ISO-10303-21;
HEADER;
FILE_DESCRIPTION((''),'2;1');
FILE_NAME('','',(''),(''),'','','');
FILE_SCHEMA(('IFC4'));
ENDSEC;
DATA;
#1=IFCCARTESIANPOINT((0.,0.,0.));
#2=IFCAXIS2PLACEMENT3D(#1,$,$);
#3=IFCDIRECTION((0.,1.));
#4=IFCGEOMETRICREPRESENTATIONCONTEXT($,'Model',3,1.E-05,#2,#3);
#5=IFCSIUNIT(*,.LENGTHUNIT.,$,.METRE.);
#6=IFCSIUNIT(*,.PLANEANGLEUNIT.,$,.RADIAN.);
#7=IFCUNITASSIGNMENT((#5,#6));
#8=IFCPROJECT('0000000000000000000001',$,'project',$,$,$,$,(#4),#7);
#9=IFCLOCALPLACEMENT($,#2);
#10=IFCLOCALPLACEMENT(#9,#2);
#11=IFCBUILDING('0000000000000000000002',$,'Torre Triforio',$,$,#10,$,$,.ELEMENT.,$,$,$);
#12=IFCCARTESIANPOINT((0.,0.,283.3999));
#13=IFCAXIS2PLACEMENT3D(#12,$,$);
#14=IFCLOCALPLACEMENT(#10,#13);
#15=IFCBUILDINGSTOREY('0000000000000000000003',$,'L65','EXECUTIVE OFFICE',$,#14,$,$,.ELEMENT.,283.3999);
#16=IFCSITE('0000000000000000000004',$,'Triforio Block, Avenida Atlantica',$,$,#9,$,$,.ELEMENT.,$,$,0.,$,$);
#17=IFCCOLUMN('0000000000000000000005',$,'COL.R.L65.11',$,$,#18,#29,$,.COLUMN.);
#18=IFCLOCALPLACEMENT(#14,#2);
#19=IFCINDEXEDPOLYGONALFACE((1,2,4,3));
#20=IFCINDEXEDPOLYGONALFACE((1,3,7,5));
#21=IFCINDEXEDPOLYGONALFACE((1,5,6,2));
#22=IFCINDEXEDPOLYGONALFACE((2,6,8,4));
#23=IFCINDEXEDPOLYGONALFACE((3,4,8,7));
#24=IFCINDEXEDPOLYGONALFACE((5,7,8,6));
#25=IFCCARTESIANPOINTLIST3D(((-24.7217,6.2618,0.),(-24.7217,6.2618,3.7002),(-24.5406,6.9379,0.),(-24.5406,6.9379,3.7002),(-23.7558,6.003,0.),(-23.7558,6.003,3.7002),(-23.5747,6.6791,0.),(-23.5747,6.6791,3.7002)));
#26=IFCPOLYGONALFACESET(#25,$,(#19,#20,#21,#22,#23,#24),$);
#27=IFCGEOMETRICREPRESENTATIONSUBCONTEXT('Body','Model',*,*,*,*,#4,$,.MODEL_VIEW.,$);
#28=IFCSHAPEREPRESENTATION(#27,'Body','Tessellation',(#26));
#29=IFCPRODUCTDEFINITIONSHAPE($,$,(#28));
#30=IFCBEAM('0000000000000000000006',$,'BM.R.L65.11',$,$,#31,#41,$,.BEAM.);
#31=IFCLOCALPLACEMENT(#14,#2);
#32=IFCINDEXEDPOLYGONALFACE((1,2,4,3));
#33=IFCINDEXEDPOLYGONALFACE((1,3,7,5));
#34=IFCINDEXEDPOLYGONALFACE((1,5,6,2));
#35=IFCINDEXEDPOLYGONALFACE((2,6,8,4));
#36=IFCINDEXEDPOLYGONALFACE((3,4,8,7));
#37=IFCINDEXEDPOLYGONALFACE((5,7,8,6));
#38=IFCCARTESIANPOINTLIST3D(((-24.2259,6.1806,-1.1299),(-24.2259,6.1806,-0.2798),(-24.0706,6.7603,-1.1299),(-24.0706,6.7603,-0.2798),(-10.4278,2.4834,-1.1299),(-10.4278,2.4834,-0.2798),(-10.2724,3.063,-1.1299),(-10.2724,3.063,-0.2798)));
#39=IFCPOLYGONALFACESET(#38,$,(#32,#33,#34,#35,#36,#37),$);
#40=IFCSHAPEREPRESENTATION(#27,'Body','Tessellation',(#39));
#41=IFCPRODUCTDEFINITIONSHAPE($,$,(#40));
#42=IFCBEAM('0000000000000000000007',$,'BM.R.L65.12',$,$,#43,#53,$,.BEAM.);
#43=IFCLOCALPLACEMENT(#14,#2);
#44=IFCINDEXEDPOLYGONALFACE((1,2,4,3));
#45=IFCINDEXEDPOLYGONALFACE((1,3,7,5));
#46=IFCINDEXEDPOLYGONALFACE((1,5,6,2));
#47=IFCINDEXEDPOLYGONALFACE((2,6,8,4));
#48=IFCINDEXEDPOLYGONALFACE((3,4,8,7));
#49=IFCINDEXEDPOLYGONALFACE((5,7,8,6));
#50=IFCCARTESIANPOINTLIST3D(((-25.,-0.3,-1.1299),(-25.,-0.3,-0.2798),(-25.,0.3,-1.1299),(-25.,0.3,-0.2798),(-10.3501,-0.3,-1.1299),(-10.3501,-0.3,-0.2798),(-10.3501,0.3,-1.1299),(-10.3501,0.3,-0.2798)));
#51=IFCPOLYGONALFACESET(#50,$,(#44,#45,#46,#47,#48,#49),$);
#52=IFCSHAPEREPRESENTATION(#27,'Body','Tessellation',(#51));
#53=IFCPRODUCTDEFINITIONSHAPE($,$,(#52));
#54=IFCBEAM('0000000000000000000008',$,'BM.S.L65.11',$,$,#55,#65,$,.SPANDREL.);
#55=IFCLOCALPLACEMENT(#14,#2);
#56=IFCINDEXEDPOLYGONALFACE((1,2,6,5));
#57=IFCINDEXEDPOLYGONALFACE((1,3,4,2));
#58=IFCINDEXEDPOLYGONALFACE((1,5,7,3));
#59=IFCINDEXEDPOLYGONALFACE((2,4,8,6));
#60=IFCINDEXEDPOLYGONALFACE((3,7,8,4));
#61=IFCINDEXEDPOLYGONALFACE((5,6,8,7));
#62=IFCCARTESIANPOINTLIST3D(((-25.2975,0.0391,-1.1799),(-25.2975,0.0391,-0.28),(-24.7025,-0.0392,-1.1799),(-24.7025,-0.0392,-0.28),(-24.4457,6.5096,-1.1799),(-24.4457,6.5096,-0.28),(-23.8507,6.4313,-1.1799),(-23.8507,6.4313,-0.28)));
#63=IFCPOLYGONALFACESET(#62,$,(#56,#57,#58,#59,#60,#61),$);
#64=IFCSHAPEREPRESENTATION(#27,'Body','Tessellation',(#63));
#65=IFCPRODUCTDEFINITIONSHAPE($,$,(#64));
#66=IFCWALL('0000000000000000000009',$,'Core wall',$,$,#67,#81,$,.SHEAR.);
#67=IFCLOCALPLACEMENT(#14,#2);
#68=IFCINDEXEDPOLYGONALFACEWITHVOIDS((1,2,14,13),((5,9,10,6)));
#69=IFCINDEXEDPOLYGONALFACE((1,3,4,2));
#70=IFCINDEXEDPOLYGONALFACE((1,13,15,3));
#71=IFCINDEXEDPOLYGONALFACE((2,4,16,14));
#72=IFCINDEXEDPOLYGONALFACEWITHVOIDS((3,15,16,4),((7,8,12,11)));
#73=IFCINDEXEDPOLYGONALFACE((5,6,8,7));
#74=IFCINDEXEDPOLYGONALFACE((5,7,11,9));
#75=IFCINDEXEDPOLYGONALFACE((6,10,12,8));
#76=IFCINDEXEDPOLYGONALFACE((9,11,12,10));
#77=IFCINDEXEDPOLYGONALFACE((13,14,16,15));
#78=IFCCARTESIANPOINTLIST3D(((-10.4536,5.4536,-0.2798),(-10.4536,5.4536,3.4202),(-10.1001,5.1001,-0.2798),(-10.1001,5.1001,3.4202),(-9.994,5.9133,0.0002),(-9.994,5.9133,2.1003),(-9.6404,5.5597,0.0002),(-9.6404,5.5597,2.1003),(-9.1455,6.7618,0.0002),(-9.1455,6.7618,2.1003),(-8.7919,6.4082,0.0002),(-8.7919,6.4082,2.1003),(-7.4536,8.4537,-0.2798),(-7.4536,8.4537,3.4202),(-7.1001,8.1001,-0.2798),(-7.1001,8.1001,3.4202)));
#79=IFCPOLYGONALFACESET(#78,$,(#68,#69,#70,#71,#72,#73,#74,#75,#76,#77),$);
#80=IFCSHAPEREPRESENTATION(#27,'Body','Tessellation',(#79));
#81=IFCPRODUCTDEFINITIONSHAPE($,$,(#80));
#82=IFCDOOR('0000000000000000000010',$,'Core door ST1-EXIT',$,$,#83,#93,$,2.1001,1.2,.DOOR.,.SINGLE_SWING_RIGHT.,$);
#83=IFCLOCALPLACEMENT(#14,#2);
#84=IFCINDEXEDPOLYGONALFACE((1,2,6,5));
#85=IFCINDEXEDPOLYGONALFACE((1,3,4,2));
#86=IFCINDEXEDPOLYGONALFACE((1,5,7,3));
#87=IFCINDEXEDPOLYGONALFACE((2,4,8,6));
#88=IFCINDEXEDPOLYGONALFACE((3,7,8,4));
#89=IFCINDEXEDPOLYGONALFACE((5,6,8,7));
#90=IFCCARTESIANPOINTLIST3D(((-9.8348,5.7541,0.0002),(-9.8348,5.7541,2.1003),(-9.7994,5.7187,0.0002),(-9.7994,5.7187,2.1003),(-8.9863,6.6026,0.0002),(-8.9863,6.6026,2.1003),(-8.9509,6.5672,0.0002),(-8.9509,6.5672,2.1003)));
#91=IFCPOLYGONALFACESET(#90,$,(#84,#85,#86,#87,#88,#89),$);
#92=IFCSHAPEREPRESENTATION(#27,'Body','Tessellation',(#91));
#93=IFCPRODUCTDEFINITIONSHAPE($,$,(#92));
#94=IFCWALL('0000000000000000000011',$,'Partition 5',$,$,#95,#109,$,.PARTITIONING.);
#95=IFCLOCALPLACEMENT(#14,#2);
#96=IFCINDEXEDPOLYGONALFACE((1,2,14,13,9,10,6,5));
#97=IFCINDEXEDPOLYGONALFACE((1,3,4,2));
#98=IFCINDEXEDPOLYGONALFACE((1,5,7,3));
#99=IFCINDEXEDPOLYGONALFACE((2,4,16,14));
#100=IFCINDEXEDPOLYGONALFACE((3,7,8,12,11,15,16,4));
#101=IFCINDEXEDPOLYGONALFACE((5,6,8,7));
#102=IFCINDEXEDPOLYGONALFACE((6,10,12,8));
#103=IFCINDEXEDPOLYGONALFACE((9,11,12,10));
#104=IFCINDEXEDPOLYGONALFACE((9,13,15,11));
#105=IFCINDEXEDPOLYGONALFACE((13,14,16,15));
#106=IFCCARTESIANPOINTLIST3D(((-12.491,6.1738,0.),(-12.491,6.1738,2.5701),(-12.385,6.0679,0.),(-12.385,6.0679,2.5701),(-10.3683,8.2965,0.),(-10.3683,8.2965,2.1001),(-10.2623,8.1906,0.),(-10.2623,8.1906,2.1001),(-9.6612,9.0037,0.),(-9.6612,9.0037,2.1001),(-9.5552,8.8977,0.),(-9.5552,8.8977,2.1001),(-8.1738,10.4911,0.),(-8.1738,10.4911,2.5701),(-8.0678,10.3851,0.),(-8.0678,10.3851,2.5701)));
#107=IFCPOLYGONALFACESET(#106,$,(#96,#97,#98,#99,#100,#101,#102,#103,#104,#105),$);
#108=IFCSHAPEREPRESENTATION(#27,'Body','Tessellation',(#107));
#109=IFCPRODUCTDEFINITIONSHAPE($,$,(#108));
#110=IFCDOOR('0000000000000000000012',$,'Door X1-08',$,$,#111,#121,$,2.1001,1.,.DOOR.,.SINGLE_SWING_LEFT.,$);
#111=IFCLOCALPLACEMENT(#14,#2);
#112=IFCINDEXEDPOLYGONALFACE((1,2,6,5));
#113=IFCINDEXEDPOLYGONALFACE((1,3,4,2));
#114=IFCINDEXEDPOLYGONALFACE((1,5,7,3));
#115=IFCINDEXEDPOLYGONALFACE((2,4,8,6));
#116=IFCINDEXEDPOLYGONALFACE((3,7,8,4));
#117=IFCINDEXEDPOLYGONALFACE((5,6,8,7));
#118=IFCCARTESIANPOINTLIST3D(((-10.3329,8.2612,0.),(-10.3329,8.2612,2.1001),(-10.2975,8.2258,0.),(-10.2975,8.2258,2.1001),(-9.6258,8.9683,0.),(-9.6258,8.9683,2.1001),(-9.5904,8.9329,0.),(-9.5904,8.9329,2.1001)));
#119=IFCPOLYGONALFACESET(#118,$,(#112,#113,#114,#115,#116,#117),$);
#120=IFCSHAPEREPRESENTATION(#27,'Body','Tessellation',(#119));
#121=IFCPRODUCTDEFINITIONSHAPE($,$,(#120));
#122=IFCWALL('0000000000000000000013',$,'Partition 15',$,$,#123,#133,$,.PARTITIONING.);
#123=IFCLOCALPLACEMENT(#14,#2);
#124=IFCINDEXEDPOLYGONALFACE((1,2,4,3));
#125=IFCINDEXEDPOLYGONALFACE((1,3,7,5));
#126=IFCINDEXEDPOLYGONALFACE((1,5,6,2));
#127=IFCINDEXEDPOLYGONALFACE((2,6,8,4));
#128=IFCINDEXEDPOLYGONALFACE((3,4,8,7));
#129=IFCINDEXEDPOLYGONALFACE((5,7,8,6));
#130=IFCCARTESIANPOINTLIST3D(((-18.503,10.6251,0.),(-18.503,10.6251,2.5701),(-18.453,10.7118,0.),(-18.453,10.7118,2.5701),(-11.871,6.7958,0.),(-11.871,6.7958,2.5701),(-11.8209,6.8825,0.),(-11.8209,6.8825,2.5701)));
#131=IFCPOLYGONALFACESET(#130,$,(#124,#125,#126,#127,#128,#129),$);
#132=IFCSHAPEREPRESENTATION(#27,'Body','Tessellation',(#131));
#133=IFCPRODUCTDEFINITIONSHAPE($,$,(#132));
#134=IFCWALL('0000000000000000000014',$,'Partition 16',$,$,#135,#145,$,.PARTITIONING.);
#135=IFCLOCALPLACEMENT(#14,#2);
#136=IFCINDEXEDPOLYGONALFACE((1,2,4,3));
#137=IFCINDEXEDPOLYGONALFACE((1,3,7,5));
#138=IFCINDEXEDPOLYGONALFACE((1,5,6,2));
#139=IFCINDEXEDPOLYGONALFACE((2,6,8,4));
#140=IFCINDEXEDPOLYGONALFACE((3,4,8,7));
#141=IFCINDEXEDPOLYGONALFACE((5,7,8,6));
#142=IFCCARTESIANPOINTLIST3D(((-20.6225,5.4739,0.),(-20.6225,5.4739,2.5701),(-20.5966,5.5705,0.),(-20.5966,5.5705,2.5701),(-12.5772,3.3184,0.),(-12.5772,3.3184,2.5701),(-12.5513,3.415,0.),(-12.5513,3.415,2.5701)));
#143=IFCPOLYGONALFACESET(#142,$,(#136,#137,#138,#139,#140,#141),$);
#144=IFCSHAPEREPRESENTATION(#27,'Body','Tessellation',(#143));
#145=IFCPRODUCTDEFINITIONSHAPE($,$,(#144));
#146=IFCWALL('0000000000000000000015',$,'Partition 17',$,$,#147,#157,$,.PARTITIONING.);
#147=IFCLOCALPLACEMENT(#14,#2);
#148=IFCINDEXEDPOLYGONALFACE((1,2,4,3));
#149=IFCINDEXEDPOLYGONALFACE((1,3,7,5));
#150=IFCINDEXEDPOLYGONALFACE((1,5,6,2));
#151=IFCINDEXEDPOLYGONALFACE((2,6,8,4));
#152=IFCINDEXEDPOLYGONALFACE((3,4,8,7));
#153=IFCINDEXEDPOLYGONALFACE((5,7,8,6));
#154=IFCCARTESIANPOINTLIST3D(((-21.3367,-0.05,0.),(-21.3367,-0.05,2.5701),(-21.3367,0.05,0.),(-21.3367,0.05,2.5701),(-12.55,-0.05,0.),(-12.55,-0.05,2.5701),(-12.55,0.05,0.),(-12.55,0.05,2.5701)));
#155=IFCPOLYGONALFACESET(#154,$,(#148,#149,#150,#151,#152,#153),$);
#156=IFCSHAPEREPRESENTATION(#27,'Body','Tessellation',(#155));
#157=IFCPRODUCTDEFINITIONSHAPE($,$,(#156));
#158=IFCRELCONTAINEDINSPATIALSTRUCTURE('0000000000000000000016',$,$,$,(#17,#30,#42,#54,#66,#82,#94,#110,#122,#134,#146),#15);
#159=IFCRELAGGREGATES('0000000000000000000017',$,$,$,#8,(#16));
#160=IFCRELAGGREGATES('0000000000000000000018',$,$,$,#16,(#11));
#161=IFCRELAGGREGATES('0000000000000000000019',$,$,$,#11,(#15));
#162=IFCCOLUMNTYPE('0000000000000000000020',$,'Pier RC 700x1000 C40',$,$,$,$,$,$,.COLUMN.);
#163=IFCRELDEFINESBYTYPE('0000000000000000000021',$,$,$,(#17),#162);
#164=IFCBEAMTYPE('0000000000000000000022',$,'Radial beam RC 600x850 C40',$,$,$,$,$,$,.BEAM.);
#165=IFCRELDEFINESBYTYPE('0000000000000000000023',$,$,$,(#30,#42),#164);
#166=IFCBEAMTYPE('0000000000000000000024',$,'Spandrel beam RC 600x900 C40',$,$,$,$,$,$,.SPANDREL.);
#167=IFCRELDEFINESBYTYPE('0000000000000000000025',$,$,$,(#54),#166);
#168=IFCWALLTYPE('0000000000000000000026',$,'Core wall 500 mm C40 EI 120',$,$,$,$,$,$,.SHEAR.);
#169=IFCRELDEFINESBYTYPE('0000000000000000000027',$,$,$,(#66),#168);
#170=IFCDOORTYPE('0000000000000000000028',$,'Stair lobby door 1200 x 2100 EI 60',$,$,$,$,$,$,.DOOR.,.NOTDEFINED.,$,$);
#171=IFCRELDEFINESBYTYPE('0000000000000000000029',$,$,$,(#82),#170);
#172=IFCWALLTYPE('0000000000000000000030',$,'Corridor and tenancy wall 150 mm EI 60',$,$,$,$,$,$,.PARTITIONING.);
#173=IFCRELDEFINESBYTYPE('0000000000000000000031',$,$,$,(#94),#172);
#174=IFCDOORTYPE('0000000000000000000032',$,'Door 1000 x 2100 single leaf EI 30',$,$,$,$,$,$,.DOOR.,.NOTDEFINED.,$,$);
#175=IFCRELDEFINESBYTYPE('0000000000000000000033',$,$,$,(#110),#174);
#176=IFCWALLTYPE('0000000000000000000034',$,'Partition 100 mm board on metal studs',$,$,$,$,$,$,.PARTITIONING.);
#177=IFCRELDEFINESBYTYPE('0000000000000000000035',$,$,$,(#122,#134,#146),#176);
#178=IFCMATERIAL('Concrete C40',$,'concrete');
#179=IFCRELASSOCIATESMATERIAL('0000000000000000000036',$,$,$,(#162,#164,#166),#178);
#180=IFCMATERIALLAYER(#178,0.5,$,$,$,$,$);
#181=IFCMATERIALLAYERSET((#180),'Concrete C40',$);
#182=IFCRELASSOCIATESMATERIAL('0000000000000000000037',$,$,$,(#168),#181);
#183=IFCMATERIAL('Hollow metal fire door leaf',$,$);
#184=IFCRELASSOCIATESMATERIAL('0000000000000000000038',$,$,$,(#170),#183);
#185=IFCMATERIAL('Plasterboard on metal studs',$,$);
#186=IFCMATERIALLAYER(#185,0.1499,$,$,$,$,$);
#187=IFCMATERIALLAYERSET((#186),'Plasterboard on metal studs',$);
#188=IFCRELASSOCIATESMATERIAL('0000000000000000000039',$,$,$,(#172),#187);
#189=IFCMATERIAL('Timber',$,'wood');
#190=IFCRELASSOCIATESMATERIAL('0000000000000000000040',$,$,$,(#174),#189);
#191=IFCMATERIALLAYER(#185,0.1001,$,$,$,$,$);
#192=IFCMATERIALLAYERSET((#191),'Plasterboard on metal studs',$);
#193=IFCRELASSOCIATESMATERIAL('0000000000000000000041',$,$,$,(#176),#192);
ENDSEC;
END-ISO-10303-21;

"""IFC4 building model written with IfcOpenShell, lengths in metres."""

from ifc_helpers import new_model, si_unit, direction, frame, frame_2d, origin, origin_2d, place, context, subcontext, project, spatial, rectangle, extrude, material, layer, layer_set, material_profile, profile_set, type_object, element, fill, save


model = new_model("IFC4")

# Units and contexts
model_context = context("Model", 3, precision=1e-05, world=origin(), true_north=direction((0.0, 1.0)))
body_context = subcontext(model_context, "Body", "Model", "MODEL_VIEW")
ifc_project = project(units=[si_unit("LENGTHUNIT", "METRE"), si_unit("PLANEANGLEUNIT", "RADIAN")], contexts=[model_context])

# Site, building, storey
site_placement = place(None, origin())
site = spatial("IfcSite", under=ifc_project, at=site_placement, Name="Triforio Block, Avenida Atlantica", CompositionType="ELEMENT", RefElevation=0.0)
building_placement = place(site_placement, origin())
building = spatial("IfcBuilding", under=site, at=building_placement, Name="Torre Triforio", CompositionType="ELEMENT")
storey_placement = place(building_placement, frame((0.0, 0.0, 283.3999)))
storey = spatial("IfcBuildingStorey", under=building, at=storey_placement, Name="L65", Description="EXECUTIVE OFFICE", CompositionType="ELEMENT", Elevation=283.3999)

# Column
ifc_material_1 = material(Name="Concrete C40", Category="concrete")
ifc_material_profile_1 = material_profile(ifc_material_1, rectangle(XDim=0.7, YDim=1.0, at=origin_2d()), Name="RC 700x1000")
ifc_profile_set_1 = profile_set([ifc_material_profile_1], Name="Concrete C40")
column_type = type_object("IfcColumnType", Name="Pier RC 700x1000 C40", PredefinedType="COLUMN", material=ifc_profile_set_1)
column_placement = place(storey_placement, frame((-24.1482, 6.4705, 0.0), z_axis=(0.0, 0.0, 1.0), x_axis=(-0.258819, -0.965926, 0.0)))
element("IfcColumn", 1, at=column_placement, inside=storey, type_object=column_type, Name="COL.R.L65.11", PredefinedType="COLUMN", context=body_context, shape_type="SweptSolid", body=[
    extrude(rectangle(XDim=0.7, YDim=1.0, at=origin_2d()), origin(), (0.0, 0.0, 1.0), 3.7002),
])

# Beams
ifc_material_profile_2 = material_profile(ifc_material_1, rectangle(XDim=0.6001, YDim=0.8501, at=origin_2d()), Name="RC 600x850")
ifc_profile_set_2 = profile_set([ifc_material_profile_2], Name="Concrete C40")
beam_type_1 = type_object("IfcBeamType", Name="Radial beam RC 600x850 C40", PredefinedType="BEAM", material=ifc_profile_set_2)
beam_1_placement = place(storey_placement, frame((-10.3501, 2.7732, -0.7048), z_axis=(-0.965924, 0.258824, 0.0), x_axis=(-0.258824, -0.965924, 0.0)))
element("IfcBeam", 2, at=beam_1_placement, inside=storey, type_object=beam_type_1, Name="BM.R.L65.11", PredefinedType="BEAM", context=body_context, shape_type="SweptSolid", body=[
    extrude(rectangle(XDim=0.6001, YDim=0.8501, at=origin_2d()), origin(), (0.0, 0.0, 1.0), 14.2849),
])
beam_2_placement = place(storey_placement, frame((-10.3501, 0.0, -0.7048), z_axis=(-1.0, 0.0, 0.0), x_axis=(0.0, -1.0, 0.0)))
element("IfcBeam", 3, at=beam_2_placement, inside=storey, type_object=beam_type_1, Name="BM.R.L65.12", PredefinedType="BEAM", context=body_context, shape_type="SweptSolid", body=[
    extrude(rectangle(XDim=0.6001, YDim=0.8501, at=origin_2d()), origin(), (0.0, 0.0, 1.0), 14.6499),
])
ifc_material_profile_3 = material_profile(ifc_material_1, rectangle(XDim=0.6001, YDim=0.8999, at=origin_2d()), Name="RC 600x900")
ifc_profile_set_3 = profile_set([ifc_material_profile_3], Name="Concrete C40")
beam_type_2 = type_object("IfcBeamType", Name="Spandrel beam RC 600x900 C40", PredefinedType="SPANDREL", material=ifc_profile_set_3)
beam_3_placement = place(storey_placement, frame((-24.1482, 6.4705, -0.73), z_axis=(-0.130519, -0.991446, 0.0), x_axis=(0.991446, -0.130519, 0.0)))
element("IfcBeam", 4, at=beam_3_placement, inside=storey, type_object=beam_type_2, Name="BM.S.L65.11", PredefinedType="SPANDREL", context=body_context, shape_type="SweptSolid", body=[
    extrude(rectangle(XDim=0.6001, YDim=0.8999, at=origin_2d()), origin(), (0.0, 0.0, 1.0), 6.5264),
])

# Walls, openings, doors
ifc_layer_1 = layer(ifc_material_1, 0.5)
ifc_layer_set_1 = layer_set([ifc_layer_1], Name="Concrete C40")
wall_type_1 = type_object("IfcWallType", Name="Core wall 500 mm C40 EI 120", PredefinedType="SHEAR", material=ifc_layer_set_1)
wall_1_placement = place(storey_placement, frame((-10.2769, 5.2769, -0.2798), z_axis=(0.0, 0.0, 1.0), x_axis=(0.707107, 0.707107, 0.0)))
wall_1 = element("IfcWall", 5, at=wall_1_placement, inside=storey, type_object=wall_type_1, Name="Core wall", PredefinedType="SHEAR", context=body_context, shape_type="SweptSolid", body=[
    extrude(rectangle(XDim=4.2427, YDim=0.5, at=frame_2d((2.1213, 0.0))), origin(), (0.0, 0.0, 1.0), 3.7),
])
opening_1_placement = place(wall_1_placement, frame((0.6499, 0.0, 0.28)))
opening_1 = element("IfcOpeningElement", 6, at=opening_1_placement, cuts=wall_1, PredefinedType="OPENING", context=body_context, shape_type="SweptSolid", body=[
    extrude(rectangle(XDim=1.2, YDim=2.1001, at=frame_2d((0.6001, 1.05))), frame((0.0, 0.26, 0.0), z_axis=(0.0, -1.0, 0.0), x_axis=(1.0, 0.0, 0.0)), (0.0, 0.0, 1.0), 0.52),
])
ifc_material_2 = material(Name="Hollow metal fire door leaf")
door_type_1 = type_object("IfcDoorType", Name="Stair lobby door 1200 x 2100 EI 60", OperationType="NOTDEFINED", PredefinedType="DOOR", material=ifc_material_2)
door_1_placement = place(opening_1_placement, origin())
door_1 = element("IfcDoor", 7, at=door_1_placement, inside=storey, type_object=door_type_1, Name="Core door ST1-EXIT", OperationType="SINGLE_SWING_RIGHT", OverallHeight=2.1001, OverallWidth=1.2, PredefinedType="DOOR", context=body_context, shape_type="SweptSolid", body=[
    extrude(rectangle(XDim=1.2, YDim=2.1001, at=frame_2d((0.6001, 1.05))), frame((0.0, 0.0249, 0.0), z_axis=(0.0, -1.0, 0.0), x_axis=(1.0, 0.0, 0.0)), (0.0, 0.0, 1.0), 0.05),
])
fill(opening_1, door_1)
ifc_material_3 = material(Name="Plasterboard on metal studs")
ifc_layer_2 = layer(ifc_material_3, 0.1499)
ifc_layer_set_2 = layer_set([ifc_layer_2], Name="Plasterboard on metal studs")
wall_type_2 = type_object("IfcWallType", Name="Corridor and tenancy wall 150 mm EI 60", PredefinedType="PARTITIONING", material=ifc_layer_set_2)
wall_2_placement = place(storey_placement, frame((-12.438, 6.1208, 0.0), z_axis=(0.0, 0.0, 1.0), x_axis=(0.707107, 0.707107, 0.0)))
wall_2 = element("IfcWall", 8, at=wall_2_placement, inside=storey, type_object=wall_type_2, Name="Partition 5", PredefinedType="PARTITIONING", context=body_context, shape_type="SweptSolid", body=[
    extrude(rectangle(XDim=6.1055, YDim=0.1499, at=frame_2d((3.0527, 0.0))), origin(), (0.0, 0.0, 1.0), 2.5701),
])
opening_2_placement = place(wall_2_placement, frame((3.002, 0.0, 0.0)))
opening_2 = element("IfcOpeningElement", 9, at=opening_2_placement, cuts=wall_2, PredefinedType="OPENING", context=body_context, shape_type="SweptSolid", body=[
    extrude(rectangle(XDim=1.0, YDim=2.1001, at=frame_2d((0.5, 1.05))), frame((0.0, 0.085, 0.0), z_axis=(0.0, -1.0, 0.0), x_axis=(1.0, 0.0, 0.0)), (0.0, 0.0, 1.0), 0.1699),
])
ifc_material_4 = material(Name="Timber", Category="wood")
door_type_2 = type_object("IfcDoorType", Name="Door 1000 x 2100 single leaf EI 30", OperationType="NOTDEFINED", PredefinedType="DOOR", material=ifc_material_4)
door_2_placement = place(opening_2_placement, origin())
door_2 = element("IfcDoor", 10, at=door_2_placement, inside=storey, type_object=door_type_2, Name="Door X1-08", OperationType="SINGLE_SWING_LEFT", OverallHeight=2.1001, OverallWidth=1.0, PredefinedType="DOOR", context=body_context, shape_type="SweptSolid", body=[
    extrude(rectangle(XDim=1.0, YDim=2.1001, at=frame_2d((0.5, 1.05))), frame((0.0, 0.0249, 0.0), z_axis=(0.0, -1.0, 0.0), x_axis=(1.0, 0.0, 0.0)), (0.0, 0.0, 1.0), 0.05),
])
fill(opening_2, door_2)

# Walls
ifc_layer_3 = layer(ifc_material_3, 0.1001)
ifc_layer_set_3 = layer_set([ifc_layer_3], Name="Plasterboard on metal studs")
wall_type_3 = type_object("IfcWallType", Name="Partition 100 mm board on metal studs", PredefinedType="PARTITIONING", material=ifc_layer_set_3)
wall_3_placement = place(storey_placement, frame((-11.8459, 6.8391, 0.0), z_axis=(0.0, 0.0, 1.0), x_axis=(-0.866008, 0.500031, 0.0)))
element("IfcWall", 11, at=wall_3_placement, inside=storey, type_object=wall_type_3, Name="Partition 15", PredefinedType="PARTITIONING", context=body_context, shape_type="SweptSolid", body=[
    extrude(rectangle(XDim=7.6582, YDim=0.1001, at=frame_2d((3.8291, 0.0))), origin(), (0.0, 0.0, 1.0), 2.5701),
])
wall_4_placement = place(storey_placement, frame((-12.5642, 3.3667, 0.0), z_axis=(0.0, 0.0, 1.0), x_axis=(-0.965933, 0.258792, 0.0)))
element("IfcWall", 12, at=wall_4_placement, inside=storey, type_object=wall_type_3, Name="Partition 16", PredefinedType="PARTITIONING", context=body_context, shape_type="SweptSolid", body=[
    extrude(rectangle(XDim=8.3291, YDim=0.1001, at=frame_2d((4.1646, 0.0))), origin(), (0.0, 0.0, 1.0), 2.5701),
])
wall_5_placement = place(storey_placement, frame((-12.55, 0.0, 0.0), z_axis=(0.0, 0.0, 1.0), x_axis=(-1.0, 0.0, 0.0)))
element("IfcWall", 13, at=wall_5_placement, inside=storey, type_object=wall_type_3, Name="Partition 17", PredefinedType="PARTITIONING", context=body_context, shape_type="SweptSolid", body=[
    extrude(rectangle(XDim=8.7866, YDim=0.1001, at=frame_2d((4.3933, 0.0))), origin(), (0.0, 0.0, 1.0), 2.5701),
])

save(model, "model.ifc")
